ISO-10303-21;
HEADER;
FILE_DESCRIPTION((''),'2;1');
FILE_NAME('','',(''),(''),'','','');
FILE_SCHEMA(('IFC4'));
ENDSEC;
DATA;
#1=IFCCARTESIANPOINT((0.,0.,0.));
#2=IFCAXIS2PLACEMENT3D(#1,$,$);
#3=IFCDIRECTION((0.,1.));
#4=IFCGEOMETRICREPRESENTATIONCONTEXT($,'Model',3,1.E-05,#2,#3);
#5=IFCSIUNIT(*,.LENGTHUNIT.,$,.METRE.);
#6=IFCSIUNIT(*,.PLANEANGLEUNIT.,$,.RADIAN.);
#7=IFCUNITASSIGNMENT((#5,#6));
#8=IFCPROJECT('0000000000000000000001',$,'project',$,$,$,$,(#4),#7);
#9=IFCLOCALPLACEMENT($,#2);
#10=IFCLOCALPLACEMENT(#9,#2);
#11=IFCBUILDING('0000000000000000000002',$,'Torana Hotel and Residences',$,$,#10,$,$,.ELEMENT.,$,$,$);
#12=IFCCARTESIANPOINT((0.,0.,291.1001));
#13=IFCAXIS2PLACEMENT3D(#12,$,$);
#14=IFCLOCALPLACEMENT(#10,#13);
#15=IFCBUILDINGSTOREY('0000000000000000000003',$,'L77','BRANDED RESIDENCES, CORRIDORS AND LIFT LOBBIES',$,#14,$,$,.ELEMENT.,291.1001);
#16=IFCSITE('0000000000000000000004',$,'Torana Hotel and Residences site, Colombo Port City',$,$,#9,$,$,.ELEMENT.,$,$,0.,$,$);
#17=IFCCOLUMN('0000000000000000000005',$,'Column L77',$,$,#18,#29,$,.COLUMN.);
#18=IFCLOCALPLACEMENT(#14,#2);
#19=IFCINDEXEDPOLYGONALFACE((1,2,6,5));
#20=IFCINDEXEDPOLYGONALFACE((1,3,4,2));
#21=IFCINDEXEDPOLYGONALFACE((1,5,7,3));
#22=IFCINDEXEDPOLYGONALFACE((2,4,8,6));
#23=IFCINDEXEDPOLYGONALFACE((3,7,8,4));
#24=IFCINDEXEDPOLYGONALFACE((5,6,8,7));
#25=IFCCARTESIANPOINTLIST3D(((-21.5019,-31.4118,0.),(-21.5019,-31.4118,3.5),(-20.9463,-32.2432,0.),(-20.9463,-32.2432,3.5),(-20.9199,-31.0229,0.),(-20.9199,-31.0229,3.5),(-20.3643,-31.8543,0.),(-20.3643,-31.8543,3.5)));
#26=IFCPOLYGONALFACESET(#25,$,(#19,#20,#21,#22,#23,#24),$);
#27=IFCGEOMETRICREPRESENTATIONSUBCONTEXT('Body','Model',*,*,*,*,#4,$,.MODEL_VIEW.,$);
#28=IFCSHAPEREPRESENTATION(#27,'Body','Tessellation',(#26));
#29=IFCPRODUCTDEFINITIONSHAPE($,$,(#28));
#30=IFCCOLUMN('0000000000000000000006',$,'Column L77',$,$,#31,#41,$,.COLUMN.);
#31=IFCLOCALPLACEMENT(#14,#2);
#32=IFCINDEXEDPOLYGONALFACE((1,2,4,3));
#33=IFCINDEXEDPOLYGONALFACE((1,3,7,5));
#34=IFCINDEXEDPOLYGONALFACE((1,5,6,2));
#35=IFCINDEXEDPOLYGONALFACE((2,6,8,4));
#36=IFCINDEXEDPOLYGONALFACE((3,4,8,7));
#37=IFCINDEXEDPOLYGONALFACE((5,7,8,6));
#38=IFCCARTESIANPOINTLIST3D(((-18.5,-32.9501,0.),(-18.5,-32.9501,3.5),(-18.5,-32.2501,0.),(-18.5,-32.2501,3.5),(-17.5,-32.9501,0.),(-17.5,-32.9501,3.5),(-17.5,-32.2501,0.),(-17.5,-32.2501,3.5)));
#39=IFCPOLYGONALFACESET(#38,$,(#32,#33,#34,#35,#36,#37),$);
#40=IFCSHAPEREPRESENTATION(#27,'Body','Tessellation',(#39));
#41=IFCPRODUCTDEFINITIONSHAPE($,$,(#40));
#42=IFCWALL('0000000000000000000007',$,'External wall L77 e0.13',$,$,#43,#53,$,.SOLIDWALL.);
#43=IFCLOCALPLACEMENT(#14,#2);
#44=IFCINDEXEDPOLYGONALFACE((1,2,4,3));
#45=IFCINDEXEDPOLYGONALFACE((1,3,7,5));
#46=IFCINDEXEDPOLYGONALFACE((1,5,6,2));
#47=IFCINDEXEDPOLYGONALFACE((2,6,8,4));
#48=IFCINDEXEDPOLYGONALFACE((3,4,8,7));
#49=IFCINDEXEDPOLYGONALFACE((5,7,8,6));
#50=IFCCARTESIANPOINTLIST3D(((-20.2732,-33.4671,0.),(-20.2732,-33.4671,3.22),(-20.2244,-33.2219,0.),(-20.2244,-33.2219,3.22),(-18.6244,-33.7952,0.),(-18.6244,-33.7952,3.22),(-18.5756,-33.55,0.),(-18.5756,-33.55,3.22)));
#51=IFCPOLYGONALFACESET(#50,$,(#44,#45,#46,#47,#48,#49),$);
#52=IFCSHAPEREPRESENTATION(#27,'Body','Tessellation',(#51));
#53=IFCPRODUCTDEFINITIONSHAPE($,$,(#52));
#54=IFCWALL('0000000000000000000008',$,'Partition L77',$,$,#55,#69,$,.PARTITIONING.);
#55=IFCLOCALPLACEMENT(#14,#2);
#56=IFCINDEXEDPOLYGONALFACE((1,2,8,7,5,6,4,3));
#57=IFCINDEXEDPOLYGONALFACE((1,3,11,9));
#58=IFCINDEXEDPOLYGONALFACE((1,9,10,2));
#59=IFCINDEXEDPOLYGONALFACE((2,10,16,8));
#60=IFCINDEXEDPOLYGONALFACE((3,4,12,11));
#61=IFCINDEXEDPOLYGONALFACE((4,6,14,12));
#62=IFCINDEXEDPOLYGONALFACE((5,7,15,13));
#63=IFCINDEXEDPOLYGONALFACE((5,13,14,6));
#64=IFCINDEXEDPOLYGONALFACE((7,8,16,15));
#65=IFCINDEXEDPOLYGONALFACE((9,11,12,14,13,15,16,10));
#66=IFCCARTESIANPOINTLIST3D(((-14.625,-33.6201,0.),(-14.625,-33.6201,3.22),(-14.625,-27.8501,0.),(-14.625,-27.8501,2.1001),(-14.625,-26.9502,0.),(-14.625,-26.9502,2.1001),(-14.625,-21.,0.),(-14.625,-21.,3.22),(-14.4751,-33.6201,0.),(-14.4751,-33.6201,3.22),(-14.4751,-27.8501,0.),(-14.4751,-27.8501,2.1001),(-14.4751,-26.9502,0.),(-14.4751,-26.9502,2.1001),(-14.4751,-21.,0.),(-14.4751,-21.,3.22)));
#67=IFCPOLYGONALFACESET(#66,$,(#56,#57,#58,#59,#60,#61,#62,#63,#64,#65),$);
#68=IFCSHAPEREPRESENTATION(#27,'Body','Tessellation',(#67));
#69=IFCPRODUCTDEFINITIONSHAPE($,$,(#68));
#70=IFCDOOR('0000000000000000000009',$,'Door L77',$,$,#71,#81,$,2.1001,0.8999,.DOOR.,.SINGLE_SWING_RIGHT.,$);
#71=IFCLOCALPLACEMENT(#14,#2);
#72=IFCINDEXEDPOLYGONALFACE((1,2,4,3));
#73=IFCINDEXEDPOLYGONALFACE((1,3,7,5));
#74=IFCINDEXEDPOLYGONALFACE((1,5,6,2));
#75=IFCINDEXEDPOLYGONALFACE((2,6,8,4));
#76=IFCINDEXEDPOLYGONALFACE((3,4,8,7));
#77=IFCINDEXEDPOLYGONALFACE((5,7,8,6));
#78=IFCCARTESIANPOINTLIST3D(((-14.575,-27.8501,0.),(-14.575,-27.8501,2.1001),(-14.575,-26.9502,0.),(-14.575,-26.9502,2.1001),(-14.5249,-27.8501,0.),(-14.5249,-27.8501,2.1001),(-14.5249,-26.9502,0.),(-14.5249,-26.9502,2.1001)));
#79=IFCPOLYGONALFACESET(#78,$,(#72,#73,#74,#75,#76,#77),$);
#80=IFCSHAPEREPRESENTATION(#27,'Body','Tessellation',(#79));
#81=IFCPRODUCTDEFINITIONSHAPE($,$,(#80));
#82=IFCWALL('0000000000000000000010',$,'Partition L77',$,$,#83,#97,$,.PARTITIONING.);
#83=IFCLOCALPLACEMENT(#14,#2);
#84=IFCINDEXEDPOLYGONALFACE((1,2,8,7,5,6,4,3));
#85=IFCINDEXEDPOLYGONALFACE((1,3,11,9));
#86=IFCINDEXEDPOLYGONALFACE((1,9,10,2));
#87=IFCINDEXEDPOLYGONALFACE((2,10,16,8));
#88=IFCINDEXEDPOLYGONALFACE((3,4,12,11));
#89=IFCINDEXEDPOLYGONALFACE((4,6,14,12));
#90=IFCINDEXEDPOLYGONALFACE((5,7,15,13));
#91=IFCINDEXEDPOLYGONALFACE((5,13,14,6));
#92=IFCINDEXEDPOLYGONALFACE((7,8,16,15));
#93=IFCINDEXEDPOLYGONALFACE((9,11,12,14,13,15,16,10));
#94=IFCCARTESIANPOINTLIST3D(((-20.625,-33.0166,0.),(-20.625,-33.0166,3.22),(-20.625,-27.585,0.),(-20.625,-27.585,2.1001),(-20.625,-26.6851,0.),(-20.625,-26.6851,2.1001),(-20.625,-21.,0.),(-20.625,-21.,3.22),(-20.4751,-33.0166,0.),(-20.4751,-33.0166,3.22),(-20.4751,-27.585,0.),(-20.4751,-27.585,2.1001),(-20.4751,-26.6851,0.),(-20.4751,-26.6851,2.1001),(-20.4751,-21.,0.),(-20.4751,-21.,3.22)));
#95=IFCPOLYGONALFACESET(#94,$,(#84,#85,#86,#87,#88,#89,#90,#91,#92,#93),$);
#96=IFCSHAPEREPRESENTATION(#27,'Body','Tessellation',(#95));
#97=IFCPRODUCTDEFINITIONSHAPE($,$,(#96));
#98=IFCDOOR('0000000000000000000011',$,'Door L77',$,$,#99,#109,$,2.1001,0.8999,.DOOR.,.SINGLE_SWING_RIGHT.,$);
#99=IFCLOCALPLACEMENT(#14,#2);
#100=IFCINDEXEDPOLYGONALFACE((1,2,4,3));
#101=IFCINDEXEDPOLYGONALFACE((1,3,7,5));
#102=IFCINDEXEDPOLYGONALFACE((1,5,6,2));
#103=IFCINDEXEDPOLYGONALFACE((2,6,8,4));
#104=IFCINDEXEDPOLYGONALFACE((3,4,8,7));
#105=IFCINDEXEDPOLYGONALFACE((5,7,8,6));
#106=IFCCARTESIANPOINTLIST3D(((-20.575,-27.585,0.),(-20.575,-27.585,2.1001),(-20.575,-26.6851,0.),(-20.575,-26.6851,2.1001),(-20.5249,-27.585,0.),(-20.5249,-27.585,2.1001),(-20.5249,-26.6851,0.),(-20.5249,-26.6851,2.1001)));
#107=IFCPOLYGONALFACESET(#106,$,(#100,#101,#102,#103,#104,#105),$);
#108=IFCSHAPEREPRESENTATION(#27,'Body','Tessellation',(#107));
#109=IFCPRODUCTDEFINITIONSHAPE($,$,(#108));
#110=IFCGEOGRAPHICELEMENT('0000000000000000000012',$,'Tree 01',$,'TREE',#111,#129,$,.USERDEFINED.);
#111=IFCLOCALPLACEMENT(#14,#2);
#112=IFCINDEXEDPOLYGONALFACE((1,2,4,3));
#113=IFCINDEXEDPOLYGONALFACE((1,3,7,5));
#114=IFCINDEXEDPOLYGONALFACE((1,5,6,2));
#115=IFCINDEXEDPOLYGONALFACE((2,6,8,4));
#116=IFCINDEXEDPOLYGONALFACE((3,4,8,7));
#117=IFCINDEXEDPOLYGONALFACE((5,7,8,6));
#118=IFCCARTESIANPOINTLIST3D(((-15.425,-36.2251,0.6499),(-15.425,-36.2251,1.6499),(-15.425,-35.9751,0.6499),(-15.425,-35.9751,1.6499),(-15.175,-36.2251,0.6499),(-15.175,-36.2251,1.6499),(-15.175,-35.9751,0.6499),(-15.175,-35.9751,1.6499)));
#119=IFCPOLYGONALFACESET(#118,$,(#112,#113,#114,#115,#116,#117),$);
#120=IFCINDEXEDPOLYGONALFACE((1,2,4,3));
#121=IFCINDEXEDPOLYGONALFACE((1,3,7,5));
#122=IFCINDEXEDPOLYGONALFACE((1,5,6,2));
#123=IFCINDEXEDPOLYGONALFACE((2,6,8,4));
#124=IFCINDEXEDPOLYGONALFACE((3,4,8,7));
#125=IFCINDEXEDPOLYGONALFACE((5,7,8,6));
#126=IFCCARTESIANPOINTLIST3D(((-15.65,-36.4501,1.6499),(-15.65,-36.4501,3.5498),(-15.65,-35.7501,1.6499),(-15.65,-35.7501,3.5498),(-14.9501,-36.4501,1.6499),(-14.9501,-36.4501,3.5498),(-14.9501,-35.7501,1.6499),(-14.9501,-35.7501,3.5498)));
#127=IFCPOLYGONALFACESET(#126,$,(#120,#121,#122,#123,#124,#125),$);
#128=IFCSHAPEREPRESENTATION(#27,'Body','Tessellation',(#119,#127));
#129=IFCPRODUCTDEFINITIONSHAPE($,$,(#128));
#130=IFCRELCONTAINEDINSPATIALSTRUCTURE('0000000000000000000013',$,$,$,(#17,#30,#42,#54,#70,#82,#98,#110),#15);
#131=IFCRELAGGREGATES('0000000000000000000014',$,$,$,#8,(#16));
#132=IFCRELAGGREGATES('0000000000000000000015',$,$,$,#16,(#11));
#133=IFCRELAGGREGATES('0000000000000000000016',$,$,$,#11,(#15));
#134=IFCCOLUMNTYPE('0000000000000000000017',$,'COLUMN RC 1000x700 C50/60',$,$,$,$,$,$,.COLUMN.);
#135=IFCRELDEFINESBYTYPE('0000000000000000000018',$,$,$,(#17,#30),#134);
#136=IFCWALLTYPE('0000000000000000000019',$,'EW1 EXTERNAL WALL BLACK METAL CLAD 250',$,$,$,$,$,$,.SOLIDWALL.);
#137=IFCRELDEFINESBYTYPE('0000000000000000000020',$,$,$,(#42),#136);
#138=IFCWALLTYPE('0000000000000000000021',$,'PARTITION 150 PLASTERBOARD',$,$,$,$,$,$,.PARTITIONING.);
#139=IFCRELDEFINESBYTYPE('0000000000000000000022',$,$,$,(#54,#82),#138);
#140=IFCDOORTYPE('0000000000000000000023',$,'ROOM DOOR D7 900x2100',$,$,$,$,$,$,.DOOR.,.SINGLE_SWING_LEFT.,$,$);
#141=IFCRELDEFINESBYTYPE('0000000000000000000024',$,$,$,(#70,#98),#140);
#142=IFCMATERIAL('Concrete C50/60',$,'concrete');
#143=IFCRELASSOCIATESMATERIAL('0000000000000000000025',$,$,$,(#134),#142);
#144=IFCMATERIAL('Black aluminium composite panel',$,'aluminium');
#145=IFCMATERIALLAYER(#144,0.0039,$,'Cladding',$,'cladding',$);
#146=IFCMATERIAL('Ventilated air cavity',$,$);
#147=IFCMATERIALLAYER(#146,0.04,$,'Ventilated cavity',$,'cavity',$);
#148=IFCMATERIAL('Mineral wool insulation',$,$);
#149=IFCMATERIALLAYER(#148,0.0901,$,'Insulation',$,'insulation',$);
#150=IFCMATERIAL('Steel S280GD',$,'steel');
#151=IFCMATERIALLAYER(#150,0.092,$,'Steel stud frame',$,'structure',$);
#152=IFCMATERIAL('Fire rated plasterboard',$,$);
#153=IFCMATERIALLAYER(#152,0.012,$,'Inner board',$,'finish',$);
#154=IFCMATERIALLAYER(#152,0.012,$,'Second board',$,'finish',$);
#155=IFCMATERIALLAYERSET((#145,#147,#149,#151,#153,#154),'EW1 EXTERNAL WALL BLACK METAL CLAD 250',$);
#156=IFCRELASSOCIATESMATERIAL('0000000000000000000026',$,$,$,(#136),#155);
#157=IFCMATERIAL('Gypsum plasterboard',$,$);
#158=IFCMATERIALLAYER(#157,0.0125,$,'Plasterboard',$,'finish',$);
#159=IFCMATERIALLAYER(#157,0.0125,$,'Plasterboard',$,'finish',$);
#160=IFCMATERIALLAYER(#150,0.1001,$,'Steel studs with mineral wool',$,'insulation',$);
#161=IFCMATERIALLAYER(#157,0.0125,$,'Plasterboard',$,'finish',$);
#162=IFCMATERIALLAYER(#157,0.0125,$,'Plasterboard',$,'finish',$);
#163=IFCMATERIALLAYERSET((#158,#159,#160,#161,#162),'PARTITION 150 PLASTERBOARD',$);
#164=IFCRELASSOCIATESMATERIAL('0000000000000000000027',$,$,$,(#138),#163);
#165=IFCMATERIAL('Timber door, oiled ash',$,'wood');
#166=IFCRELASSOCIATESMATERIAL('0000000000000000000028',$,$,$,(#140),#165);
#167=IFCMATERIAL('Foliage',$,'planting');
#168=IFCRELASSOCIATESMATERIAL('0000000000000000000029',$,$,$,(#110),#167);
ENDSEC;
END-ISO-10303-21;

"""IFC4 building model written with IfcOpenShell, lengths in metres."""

from ifc_helpers import new_model, si_unit, direction, frame, frame_2d, origin, origin_2d, place, context, subcontext, project, spatial, rectangle, extrude, material, layer, layer_set, material_profile, profile_set, type_object, element, fill, save


model = new_model("IFC4")

# Units and contexts
model_context = context("Model", 3, precision=1e-05, world=origin(), true_north=direction((0.0, 1.0)))
body_context = subcontext(model_context, "Body", "Model", "MODEL_VIEW")
ifc_project = project(units=[si_unit("LENGTHUNIT", "METRE"), si_unit("PLANEANGLEUNIT", "RADIAN")], contexts=[model_context])

# Site, building, storey
site_placement = place(None, origin())
site = spatial("IfcSite", under=ifc_project, at=site_placement, Name="Torana Hotel and Residences site, Colombo Port City", CompositionType="ELEMENT", RefElevation=0.0)
building_placement = place(site_placement, origin())
building = spatial("IfcBuilding", under=site, at=building_placement, Name="Torana Hotel and Residences", CompositionType="ELEMENT")
storey_placement = place(building_placement, frame((0.0, 0.0, 291.1001)))
storey = spatial("IfcBuildingStorey", under=building, at=storey_placement, Name="L77", Description="BRANDED RESIDENCES, CORRIDORS AND LIFT LOBBIES", CompositionType="ELEMENT", Elevation=291.1001)

# Columns
ifc_material_1 = material(Name="Concrete C50/60", Category="concrete")
ifc_material_profile = material_profile(ifc_material_1, rectangle(XDim=1.0, YDim=0.7, at=origin_2d()), Name="RC 1000x700")
ifc_profile_set = profile_set([ifc_material_profile], Name="Concrete C50/60")
column_type = type_object("IfcColumnType", Name="COLUMN RC 1000x700 C50/60", PredefinedType="COLUMN", material=ifc_profile_set)
for number, where, z_axis, x_axis, name in (
    (1, (-20.9331, -31.6331, 0.0), (0.0, 0.0, 1.0), (-0.555585, 0.83146, 0.0), "Column L77"),
    (2, (-18.0, -32.6001, 0.0), (0.0, 0.0, 1.0), (1.0, 0.0, 0.0), "Column L77"),
):
    element("IfcColumn", number, at=place(storey_placement, frame(where, z_axis=z_axis, x_axis=x_axis)), inside=storey, type_object=column_type, Name=name, PredefinedType="COLUMN", context=body_context, shape_type="SweptSolid", body=[
        extrude(rectangle(XDim=1.0, YDim=0.7, at=origin_2d()), origin(), (0.0, 0.0, 1.0), 3.5),
    ])

# Wall
ifc_material_2 = material(Name="Black aluminium composite panel", Category="aluminium")
ifc_layer_1 = layer(ifc_material_2, 0.0039, Name="Cladding", Category="cladding")
ifc_material_3 = material(Name="Ventilated air cavity")
ifc_layer_2 = layer(ifc_material_3, 0.04, Name="Ventilated cavity", Category="cavity")
ifc_material_4 = material(Name="Mineral wool insulation")
ifc_layer_3 = layer(ifc_material_4, 0.0901, Name="Insulation", Category="insulation")
ifc_material_5 = material(Name="Steel S280GD", Category="steel")
ifc_layer_4 = layer(ifc_material_5, 0.092, Name="Steel stud frame", Category="structure")
ifc_material_6 = material(Name="Fire rated plasterboard")
ifc_layer_5 = layer(ifc_material_6, 0.012, Name="Inner board", Category="finish")
ifc_layer_6 = layer(ifc_material_6, 0.012, Name="Second board", Category="finish")
ifc_layer_set_1 = layer_set([ifc_layer_1, ifc_layer_2, ifc_layer_3, ifc_layer_4, ifc_layer_5, ifc_layer_6], Name="EW1 EXTERNAL WALL BLACK METAL CLAD 250")
wall_type_1 = type_object("IfcWallType", Name="EW1 EXTERNAL WALL BLACK METAL CLAD 250", PredefinedType="SOLIDWALL", material=ifc_layer_set_1)
wall_1_placement = place(storey_placement, frame((-20.2488, -33.3445, 0.0), z_axis=(0.0, 0.0, 1.0), x_axis=(0.98077, -0.195167, 0.0)))
element("IfcWall", 3, at=wall_1_placement, inside=storey, type_object=wall_type_1, Name="External wall L77 e0.13", PredefinedType="SOLIDWALL", context=body_context, shape_type="SweptSolid", body=[
    extrude(rectangle(XDim=1.6812, YDim=0.25, at=frame_2d((0.8406, 0.0))), origin(), (0.0, 0.0, 1.0), 3.22),
])

# Walls, openings, doors
ifc_material_7 = material(Name="Gypsum plasterboard")
ifc_layer_7 = layer(ifc_material_7, 0.0125, Name="Plasterboard", Category="finish")
ifc_layer_8 = layer(ifc_material_7, 0.0125, Name="Plasterboard", Category="finish")
ifc_layer_9 = layer(ifc_material_5, 0.1001, Name="Steel studs with mineral wool", Category="insulation")
ifc_layer_10 = layer(ifc_material_7, 0.0125, Name="Plasterboard", Category="finish")
ifc_layer_11 = layer(ifc_material_7, 0.0125, Name="Plasterboard", Category="finish")
ifc_layer_set_2 = layer_set([ifc_layer_7, ifc_layer_8, ifc_layer_9, ifc_layer_10, ifc_layer_11], Name="PARTITION 150 PLASTERBOARD")
wall_type_2 = type_object("IfcWallType", Name="PARTITION 150 PLASTERBOARD", PredefinedType="PARTITIONING", material=ifc_layer_set_2)
wall_2_placement = place(storey_placement, frame((-14.55, -33.6201, 0.0), z_axis=(0.0, 0.0, 1.0), x_axis=(0.0, 1.0, 0.0)))
wall_2 = element("IfcWall", 4, at=wall_2_placement, inside=storey, type_object=wall_type_2, Name="Partition L77", PredefinedType="PARTITIONING", context=body_context, shape_type="SweptSolid", body=[
    extrude(rectangle(XDim=12.6201, YDim=0.1499, at=frame_2d((6.3101, 0.0))), origin(), (0.0, 0.0, 1.0), 3.22),
])
opening_1_placement = place(wall_2_placement, frame((5.77, 0.0, 0.0)))
opening_1 = element("IfcOpeningElement", 5, at=opening_1_placement, cuts=wall_2, PredefinedType="OPENING", context=body_context, shape_type="SweptSolid", body=[
    extrude(rectangle(XDim=0.8999, YDim=2.1001, at=frame_2d((0.45, 1.05))), frame((0.0, 0.085, 0.0), z_axis=(0.0, -1.0, 0.0), x_axis=(1.0, 0.0, 0.0)), (0.0, 0.0, 1.0), 0.1699),
])
ifc_material_8 = material(Name="Timber door, oiled ash", Category="wood")
door_type_1 = type_object("IfcDoorType", Name="ROOM DOOR D7 900x2100", OperationType="SINGLE_SWING_LEFT", PredefinedType="DOOR", material=ifc_material_8)
door_1_placement = place(opening_1_placement, origin())
door_1 = element("IfcDoor", 6, at=door_1_placement, inside=storey, type_object=door_type_1, Name="Door L77", OperationType="SINGLE_SWING_RIGHT", OverallHeight=2.1001, OverallWidth=0.8999, PredefinedType="DOOR", context=body_context, shape_type="SweptSolid", body=[
    extrude(rectangle(XDim=0.8999, YDim=2.1001, at=frame_2d((0.45, 1.05))), frame((0.0, 0.0249, 0.0), z_axis=(0.0, -1.0, 0.0), x_axis=(1.0, 0.0, 0.0)), (0.0, 0.0, 1.0), 0.05),
])
fill(opening_1, door_1)
wall_3_placement = place(storey_placement, frame((-20.55, -33.0166, 0.0), z_axis=(0.0, 0.0, 1.0), x_axis=(0.0, 1.0, 0.0)))
wall_3 = element("IfcWall", 7, at=wall_3_placement, inside=storey, type_object=wall_type_2, Name="Partition L77", PredefinedType="PARTITIONING", context=body_context, shape_type="SweptSolid", body=[
    extrude(rectangle(XDim=12.0166, YDim=0.1499, at=frame_2d((6.0083, 0.0))), origin(), (0.0, 0.0, 1.0), 3.22),
])
opening_2_placement = place(wall_3_placement, frame((5.4316, 0.0, 0.0)))
opening_2 = element("IfcOpeningElement", 8, at=opening_2_placement, cuts=wall_3, PredefinedType="OPENING", context=body_context, shape_type="SweptSolid", body=[
    extrude(rectangle(XDim=0.8999, YDim=2.1001, at=frame_2d((0.45, 1.05))), frame((0.0, 0.085, 0.0), z_axis=(0.0, -1.0, 0.0), x_axis=(1.0, 0.0, 0.0)), (0.0, 0.0, 1.0), 0.1699),
])
door_2_placement = place(opening_2_placement, origin())
door_2 = element("IfcDoor", 9, at=door_2_placement, inside=storey, type_object=door_type_1, Name="Door L77", OperationType="SINGLE_SWING_RIGHT", OverallHeight=2.1001, OverallWidth=0.8999, PredefinedType="DOOR", context=body_context, shape_type="SweptSolid", body=[
    extrude(rectangle(XDim=0.8999, YDim=2.1001, at=frame_2d((0.45, 1.05))), frame((0.0, 0.0249, 0.0), z_axis=(0.0, -1.0, 0.0), x_axis=(1.0, 0.0, 0.0)), (0.0, 0.0, 1.0), 0.05),
])
fill(opening_2, door_2)

# Geographic element
ifc_material_9 = material(Name="Foliage", Category="planting")
geographic_element_placement = place(storey_placement, frame((-15.3, -36.1001, 0.6499), z_axis=(0.0, 0.0, 1.0), x_axis=(1.0, 0.0, 0.0)))
element("IfcGeographicElement", 10, at=geographic_element_placement, inside=storey, material=ifc_material_9, Name="Tree 01", ObjectType="TREE", PredefinedType="USERDEFINED", context=body_context, shape_type="SweptSolid", body=[
    extrude(rectangle(XDim=0.25, YDim=0.25, at=origin_2d()), origin(), (0.0, 0.0, 1.0), 1.0),
    extrude(rectangle(XDim=0.7, YDim=0.7, at=origin_2d()), frame((0.0, 0.0, 1.0)), (0.0, 0.0, 1.0), 1.8999),
])

save(model, "model.ifc")
